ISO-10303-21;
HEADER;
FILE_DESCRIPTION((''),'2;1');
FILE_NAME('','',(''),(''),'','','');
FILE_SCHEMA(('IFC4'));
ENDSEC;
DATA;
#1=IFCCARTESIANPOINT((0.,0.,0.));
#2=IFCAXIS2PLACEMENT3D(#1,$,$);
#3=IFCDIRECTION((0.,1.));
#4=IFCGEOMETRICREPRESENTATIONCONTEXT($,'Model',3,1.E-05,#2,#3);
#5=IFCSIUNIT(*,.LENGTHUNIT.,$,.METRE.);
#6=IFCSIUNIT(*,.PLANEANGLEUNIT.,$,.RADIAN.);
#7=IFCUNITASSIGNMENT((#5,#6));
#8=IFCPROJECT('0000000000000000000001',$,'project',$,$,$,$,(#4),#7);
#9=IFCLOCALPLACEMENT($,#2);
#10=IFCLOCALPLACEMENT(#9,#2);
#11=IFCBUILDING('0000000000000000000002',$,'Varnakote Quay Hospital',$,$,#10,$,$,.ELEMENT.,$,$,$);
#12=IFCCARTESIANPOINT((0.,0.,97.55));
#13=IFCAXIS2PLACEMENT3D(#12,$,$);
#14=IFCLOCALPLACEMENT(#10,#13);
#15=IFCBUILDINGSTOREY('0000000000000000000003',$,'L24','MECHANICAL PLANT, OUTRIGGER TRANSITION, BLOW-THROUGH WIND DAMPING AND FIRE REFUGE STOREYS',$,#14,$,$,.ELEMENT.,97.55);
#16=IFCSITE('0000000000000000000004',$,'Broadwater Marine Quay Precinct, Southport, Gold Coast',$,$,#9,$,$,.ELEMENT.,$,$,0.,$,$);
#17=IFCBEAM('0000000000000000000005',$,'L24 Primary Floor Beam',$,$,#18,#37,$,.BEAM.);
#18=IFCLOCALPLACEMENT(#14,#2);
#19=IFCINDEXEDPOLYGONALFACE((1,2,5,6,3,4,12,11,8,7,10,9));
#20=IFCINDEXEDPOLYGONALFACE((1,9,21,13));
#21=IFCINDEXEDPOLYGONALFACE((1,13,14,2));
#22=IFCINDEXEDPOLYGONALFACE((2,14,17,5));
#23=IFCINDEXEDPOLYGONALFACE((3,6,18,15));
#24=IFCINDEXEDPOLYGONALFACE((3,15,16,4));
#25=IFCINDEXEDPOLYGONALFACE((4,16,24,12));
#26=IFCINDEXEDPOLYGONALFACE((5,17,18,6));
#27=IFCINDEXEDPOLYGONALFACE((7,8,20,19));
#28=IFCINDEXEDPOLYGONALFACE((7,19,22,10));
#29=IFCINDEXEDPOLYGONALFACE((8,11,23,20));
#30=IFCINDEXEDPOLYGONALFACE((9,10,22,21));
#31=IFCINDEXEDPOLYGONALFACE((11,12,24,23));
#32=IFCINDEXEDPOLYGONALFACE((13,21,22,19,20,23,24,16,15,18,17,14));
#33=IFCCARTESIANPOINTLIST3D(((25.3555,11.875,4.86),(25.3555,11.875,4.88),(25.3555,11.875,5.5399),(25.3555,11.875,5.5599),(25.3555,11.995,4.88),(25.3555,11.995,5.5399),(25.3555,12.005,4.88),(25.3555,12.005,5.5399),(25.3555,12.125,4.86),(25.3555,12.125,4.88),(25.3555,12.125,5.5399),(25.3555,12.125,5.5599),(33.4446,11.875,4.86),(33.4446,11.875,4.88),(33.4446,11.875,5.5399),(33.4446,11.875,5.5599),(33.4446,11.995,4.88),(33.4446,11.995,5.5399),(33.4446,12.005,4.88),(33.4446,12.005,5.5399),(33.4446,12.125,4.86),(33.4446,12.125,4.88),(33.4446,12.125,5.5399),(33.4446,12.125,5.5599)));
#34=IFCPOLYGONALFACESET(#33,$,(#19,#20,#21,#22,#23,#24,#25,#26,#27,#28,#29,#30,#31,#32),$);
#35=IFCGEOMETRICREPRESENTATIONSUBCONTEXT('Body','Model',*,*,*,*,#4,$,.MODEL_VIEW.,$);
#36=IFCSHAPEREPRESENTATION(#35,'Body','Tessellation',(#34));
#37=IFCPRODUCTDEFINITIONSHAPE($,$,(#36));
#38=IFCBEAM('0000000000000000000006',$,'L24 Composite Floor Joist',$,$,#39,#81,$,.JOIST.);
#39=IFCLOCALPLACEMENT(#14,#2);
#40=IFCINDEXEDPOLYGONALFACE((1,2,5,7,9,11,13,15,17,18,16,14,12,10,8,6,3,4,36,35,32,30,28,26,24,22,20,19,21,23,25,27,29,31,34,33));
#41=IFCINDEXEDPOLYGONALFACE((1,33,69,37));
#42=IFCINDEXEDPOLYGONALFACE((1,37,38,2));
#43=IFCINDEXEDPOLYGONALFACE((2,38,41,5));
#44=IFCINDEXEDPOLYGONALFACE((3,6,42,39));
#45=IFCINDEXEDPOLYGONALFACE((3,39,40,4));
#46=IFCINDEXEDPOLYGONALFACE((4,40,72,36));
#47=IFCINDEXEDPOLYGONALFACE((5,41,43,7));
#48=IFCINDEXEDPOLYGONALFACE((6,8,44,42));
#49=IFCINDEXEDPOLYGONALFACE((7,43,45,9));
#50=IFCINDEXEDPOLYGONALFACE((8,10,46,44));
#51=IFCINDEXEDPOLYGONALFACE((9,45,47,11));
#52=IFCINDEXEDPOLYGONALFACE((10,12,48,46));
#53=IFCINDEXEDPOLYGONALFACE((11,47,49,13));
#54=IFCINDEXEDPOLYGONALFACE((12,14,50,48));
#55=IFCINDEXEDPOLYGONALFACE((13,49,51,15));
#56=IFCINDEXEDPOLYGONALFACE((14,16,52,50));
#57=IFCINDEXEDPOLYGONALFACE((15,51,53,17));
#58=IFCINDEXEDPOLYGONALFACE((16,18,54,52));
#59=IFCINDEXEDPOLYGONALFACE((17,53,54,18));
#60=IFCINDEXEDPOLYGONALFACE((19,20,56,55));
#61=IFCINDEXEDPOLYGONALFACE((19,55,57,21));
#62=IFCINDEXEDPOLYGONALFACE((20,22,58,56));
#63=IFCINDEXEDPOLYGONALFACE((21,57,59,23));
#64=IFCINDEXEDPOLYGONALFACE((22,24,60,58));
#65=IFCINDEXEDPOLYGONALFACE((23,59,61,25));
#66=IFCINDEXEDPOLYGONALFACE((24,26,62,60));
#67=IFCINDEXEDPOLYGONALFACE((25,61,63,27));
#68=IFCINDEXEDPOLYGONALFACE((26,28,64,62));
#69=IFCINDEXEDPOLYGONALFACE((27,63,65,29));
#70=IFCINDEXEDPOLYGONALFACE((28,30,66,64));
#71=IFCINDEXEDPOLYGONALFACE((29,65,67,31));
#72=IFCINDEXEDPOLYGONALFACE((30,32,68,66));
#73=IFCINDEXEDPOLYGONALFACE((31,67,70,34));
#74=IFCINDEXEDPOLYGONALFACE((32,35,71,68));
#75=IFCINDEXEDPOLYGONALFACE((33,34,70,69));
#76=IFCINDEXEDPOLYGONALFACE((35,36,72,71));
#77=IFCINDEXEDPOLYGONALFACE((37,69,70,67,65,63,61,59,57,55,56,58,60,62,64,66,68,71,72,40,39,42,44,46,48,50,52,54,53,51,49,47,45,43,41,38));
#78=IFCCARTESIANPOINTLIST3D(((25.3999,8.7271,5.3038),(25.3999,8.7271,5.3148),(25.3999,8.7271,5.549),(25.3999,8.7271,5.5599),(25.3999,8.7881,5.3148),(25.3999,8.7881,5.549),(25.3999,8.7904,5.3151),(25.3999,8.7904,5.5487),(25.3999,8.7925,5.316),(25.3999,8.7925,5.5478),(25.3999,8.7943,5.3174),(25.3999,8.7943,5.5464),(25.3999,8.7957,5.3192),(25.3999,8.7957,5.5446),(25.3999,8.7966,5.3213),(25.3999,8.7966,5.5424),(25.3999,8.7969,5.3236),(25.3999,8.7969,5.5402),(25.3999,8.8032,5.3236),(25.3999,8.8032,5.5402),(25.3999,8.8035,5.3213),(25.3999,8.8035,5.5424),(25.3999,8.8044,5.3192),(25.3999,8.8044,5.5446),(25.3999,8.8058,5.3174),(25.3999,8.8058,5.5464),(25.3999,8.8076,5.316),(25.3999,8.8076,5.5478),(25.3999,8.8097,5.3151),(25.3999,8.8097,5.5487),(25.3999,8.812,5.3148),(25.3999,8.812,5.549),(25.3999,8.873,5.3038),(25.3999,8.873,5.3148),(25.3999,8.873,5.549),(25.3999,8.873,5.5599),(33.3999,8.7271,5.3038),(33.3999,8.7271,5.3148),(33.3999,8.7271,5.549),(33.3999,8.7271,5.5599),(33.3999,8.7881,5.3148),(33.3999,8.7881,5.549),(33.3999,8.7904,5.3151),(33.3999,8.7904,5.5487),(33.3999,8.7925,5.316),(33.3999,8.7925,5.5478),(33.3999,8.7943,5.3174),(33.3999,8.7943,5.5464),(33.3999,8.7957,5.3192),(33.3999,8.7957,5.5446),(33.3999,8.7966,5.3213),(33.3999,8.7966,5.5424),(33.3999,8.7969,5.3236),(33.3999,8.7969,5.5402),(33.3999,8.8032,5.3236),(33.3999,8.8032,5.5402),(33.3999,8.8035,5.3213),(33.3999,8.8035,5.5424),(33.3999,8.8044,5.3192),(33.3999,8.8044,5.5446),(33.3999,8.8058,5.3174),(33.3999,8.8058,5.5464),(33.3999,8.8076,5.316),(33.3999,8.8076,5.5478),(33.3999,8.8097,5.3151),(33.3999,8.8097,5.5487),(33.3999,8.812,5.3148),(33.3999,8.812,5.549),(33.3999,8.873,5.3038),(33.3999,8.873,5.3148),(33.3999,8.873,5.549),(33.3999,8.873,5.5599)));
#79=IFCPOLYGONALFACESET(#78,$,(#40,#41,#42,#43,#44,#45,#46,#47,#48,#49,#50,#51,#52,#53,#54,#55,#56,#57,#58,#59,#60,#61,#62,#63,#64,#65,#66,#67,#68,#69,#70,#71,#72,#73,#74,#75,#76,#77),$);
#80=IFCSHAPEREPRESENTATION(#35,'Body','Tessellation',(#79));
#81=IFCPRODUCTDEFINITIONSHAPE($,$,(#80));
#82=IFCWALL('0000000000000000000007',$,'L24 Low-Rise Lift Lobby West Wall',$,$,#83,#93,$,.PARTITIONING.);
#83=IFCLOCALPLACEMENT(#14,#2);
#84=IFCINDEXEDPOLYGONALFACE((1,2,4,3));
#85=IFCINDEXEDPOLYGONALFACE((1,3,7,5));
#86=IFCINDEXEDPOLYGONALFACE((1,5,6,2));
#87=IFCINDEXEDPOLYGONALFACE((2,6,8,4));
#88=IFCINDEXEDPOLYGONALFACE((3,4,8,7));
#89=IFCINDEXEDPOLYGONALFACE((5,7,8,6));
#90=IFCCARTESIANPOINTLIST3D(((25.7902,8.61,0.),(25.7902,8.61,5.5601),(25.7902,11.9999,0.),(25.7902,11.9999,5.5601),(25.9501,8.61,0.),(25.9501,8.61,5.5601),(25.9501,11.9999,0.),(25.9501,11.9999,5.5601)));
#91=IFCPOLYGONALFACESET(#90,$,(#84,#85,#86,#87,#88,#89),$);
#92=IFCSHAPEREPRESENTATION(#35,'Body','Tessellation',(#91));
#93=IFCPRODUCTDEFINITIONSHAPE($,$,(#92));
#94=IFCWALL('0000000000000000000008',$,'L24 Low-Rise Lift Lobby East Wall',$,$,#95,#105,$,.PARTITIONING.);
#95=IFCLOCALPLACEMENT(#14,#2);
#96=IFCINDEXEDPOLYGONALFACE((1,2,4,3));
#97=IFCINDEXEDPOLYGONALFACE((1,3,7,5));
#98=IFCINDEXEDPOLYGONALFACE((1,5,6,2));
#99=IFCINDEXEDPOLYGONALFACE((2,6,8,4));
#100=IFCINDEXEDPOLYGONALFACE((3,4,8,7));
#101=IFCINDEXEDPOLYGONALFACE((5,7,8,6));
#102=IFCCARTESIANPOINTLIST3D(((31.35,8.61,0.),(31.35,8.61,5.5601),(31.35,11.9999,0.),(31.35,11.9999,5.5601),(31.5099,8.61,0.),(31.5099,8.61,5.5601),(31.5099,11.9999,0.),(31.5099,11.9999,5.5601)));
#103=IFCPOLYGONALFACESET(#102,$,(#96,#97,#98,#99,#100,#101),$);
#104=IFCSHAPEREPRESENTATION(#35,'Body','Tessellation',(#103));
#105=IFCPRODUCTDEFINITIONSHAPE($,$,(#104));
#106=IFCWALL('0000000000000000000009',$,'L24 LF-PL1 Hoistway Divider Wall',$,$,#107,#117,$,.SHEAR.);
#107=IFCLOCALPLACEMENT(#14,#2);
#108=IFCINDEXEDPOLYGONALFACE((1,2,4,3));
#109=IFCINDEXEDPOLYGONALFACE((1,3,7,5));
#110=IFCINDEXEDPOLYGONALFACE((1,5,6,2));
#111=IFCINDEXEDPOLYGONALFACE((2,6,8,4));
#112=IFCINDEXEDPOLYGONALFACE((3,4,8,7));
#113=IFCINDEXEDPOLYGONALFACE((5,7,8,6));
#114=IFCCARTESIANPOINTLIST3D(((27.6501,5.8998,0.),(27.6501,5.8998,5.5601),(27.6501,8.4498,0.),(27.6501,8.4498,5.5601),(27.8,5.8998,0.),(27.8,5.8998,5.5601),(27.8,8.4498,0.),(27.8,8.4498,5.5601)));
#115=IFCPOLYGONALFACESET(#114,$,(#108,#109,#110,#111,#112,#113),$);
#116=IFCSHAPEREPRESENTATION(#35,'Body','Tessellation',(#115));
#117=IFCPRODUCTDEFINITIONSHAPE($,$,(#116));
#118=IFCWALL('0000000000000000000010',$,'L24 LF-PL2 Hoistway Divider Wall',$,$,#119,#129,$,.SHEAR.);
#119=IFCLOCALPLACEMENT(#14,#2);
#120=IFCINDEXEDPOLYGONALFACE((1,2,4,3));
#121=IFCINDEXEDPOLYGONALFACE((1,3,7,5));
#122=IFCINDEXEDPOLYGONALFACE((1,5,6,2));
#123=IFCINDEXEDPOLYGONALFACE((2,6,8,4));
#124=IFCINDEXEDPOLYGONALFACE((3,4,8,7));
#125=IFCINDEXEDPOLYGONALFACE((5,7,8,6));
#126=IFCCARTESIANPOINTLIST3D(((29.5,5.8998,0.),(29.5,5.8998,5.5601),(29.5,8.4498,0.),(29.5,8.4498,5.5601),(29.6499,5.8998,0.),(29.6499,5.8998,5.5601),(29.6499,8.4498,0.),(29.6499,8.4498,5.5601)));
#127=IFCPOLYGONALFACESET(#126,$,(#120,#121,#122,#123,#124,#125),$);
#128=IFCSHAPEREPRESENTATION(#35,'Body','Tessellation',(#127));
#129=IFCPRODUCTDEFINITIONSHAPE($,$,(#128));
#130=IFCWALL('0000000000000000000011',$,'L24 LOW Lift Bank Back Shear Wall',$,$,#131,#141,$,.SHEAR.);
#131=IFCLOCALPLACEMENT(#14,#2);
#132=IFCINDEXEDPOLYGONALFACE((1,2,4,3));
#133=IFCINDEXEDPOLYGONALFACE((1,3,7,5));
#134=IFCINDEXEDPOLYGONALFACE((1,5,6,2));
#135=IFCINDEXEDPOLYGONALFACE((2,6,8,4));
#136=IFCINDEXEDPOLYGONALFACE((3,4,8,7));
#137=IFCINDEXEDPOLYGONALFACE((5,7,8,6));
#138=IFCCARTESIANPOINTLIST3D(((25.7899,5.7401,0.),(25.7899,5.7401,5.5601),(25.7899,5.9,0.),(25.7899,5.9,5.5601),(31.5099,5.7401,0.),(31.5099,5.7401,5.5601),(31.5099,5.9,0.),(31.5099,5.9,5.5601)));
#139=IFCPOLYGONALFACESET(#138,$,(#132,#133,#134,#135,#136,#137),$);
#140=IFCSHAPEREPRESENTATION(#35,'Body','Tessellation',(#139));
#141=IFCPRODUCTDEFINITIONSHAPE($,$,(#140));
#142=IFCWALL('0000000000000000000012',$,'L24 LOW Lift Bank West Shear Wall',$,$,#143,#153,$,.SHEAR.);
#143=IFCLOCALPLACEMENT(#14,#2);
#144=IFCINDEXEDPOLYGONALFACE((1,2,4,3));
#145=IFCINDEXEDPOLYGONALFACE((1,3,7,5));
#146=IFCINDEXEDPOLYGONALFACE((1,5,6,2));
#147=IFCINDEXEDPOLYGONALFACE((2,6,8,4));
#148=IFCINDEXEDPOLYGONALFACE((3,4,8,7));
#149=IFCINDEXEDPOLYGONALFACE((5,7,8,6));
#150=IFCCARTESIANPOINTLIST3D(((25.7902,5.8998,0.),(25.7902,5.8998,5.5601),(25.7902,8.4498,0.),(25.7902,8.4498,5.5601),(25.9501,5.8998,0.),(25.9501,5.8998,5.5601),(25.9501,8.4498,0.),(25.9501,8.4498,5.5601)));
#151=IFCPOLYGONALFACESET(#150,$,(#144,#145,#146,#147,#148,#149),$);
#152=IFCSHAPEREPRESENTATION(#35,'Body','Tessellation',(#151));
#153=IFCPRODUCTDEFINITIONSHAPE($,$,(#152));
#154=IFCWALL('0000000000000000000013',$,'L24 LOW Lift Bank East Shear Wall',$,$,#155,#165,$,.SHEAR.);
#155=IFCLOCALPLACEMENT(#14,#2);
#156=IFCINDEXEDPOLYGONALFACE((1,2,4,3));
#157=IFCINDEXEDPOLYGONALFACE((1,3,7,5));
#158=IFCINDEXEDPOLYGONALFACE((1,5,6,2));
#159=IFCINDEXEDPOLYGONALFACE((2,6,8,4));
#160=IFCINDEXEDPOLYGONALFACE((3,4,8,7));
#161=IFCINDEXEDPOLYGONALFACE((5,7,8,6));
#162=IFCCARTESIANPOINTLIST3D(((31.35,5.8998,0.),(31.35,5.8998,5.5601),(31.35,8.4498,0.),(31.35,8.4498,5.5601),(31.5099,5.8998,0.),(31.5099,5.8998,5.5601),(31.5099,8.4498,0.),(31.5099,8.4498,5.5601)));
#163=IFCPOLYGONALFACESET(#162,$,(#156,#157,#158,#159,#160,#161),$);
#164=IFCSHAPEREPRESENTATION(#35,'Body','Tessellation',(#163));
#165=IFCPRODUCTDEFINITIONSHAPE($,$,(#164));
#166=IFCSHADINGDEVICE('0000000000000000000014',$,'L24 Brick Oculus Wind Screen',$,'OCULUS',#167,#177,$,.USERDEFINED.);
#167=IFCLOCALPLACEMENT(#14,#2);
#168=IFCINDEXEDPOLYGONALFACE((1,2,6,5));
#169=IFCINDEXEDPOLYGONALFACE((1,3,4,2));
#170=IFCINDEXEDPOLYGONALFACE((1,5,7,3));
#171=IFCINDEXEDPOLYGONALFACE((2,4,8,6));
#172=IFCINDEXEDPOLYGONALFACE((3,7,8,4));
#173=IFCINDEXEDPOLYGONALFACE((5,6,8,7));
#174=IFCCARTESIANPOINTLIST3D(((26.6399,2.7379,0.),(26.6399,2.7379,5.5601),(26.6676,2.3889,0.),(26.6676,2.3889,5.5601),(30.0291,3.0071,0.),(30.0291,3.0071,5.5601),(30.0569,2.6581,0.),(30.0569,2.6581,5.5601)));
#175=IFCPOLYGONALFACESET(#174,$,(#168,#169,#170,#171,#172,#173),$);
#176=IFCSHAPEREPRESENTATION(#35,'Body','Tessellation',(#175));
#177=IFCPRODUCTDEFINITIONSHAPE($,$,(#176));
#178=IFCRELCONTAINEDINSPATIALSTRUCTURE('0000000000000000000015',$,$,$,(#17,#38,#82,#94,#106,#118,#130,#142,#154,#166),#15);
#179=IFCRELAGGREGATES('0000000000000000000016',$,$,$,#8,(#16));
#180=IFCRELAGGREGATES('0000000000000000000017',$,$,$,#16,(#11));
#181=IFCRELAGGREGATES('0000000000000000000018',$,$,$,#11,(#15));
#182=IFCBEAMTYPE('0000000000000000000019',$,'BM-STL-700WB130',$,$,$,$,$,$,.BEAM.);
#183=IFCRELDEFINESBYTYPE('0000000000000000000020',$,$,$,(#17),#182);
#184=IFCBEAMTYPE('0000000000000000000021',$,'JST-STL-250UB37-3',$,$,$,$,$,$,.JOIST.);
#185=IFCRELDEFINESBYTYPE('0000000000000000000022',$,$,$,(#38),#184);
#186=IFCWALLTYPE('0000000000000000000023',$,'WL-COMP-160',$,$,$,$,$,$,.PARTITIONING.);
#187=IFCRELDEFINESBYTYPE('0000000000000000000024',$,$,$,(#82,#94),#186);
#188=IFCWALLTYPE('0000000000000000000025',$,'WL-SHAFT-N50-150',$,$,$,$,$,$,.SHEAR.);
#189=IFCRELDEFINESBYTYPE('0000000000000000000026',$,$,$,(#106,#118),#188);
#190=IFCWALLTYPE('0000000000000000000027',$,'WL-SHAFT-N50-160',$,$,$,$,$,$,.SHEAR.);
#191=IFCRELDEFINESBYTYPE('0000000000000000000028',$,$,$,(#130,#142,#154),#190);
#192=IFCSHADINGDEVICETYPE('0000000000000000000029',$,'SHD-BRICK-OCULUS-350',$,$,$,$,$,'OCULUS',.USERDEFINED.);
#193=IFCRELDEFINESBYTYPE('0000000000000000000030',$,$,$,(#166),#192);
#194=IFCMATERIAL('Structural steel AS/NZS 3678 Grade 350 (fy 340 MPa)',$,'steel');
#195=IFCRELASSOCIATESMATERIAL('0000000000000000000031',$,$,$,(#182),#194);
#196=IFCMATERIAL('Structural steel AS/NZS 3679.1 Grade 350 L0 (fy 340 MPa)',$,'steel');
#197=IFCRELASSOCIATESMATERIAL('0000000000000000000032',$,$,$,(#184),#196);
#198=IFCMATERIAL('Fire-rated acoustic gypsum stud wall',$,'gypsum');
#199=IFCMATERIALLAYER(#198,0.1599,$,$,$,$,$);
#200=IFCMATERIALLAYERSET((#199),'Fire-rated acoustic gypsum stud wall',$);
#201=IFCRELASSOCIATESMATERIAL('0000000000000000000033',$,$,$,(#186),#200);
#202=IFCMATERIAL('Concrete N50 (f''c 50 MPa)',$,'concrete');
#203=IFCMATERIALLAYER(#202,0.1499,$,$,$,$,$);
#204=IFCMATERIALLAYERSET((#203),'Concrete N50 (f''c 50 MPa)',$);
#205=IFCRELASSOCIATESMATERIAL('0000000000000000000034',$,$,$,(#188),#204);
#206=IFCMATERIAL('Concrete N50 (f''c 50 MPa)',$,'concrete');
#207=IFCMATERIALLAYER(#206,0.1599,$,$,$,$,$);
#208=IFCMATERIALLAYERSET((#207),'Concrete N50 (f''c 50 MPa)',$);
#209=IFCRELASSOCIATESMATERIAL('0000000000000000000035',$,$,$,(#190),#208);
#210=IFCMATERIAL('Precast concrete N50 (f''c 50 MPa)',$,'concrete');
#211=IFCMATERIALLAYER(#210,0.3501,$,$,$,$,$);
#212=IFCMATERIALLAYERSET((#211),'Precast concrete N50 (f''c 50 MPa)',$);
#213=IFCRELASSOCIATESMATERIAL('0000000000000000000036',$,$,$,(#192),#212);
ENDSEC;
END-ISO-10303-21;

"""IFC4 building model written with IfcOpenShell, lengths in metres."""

from ifc_helpers import new_model, si_unit, direction, frame, frame_2d, origin, origin_2d, place, context, subcontext, project, spatial, rectangle, i_section, extrude, material, layer, layer_set, material_profile, profile_set, type_object, element, save


model = new_model("IFC4")

# Units and contexts
model_context = context("Model", 3, precision=1e-05, world=origin(), true_north=direction((0.0, 1.0)))
body_context = subcontext(model_context, "Body", "Model", "MODEL_VIEW")
ifc_project = project(units=[si_unit("LENGTHUNIT", "METRE"), si_unit("PLANEANGLEUNIT", "RADIAN")], contexts=[model_context])

# Site, building, storey
site_placement = place(None, origin())
site = spatial("IfcSite", under=ifc_project, at=site_placement, Name="Broadwater Marine Quay Precinct, Southport, Gold Coast", CompositionType="ELEMENT", RefElevation=0.0)
building_placement = place(site_placement, origin())
building = spatial("IfcBuilding", under=site, at=building_placement, Name="Varnakote Quay Hospital", CompositionType="ELEMENT")
storey_placement = place(building_placement, frame((0.0, 0.0, 97.55)))
storey = spatial("IfcBuildingStorey", under=building, at=storey_placement, Name="L24", Description="MECHANICAL PLANT, OUTRIGGER TRANSITION, BLOW-THROUGH WIND DAMPING AND FIRE REFUGE STOREYS", CompositionType="ELEMENT", Elevation=97.55)

# Beams
ifc_material_1 = material(Name="Structural steel AS/NZS 3678 Grade 350 (fy 340 MPa)", Category="steel")
ifc_material_profile_1 = material_profile(ifc_material_1, i_section(OverallWidth=0.25, OverallDepth=0.7, WebThickness=0.01, FlangeThickness=0.02, at=origin_2d()), Name="700WB130")
ifc_profile_set_1 = profile_set([ifc_material_profile_1], Name="Structural steel AS/NZS 3678 Grade 350 (fy 340 MPa)")
beam_type_1 = type_object("IfcBeamType", Name="BM-STL-700WB130", PredefinedType="BEAM", material=ifc_profile_set_1)
beam_1_placement = place(storey_placement, frame((25.3555, 12.0, 5.21), z_axis=(1.0, 0.0, 0.0), x_axis=(0.0, 1.0, 0.0)))
element("IfcBeam", 1, at=beam_1_placement, inside=storey, type_object=beam_type_1, Name="L24 Primary Floor Beam", PredefinedType="BEAM", context=body_context, shape_type="SweptSolid", body=[
    extrude(i_section(OverallWidth=0.25, OverallDepth=0.7, WebThickness=0.01, FlangeThickness=0.02, at=origin_2d()), origin(), (0.0, 0.0, 1.0), 8.0891),
])
ifc_material_2 = material(Name="Structural steel AS/NZS 3679.1 Grade 350 L0 (fy 340 MPa)", Category="steel")
ifc_material_profile_2 = material_profile(ifc_material_2, i_section(OverallWidth=0.146, OverallDepth=0.2561, WebThickness=0.0063, FlangeThickness=0.011, FilletRadius=0.0088, at=origin_2d()), Name="250UB37.3")
ifc_profile_set_2 = profile_set([ifc_material_profile_2], Name="Structural steel AS/NZS 3679.1 Grade 350 L0 (fy 340 MPa)")
beam_type_2 = type_object("IfcBeamType", Name="JST-STL-250UB37-3", PredefinedType="JOIST", material=ifc_profile_set_2)
beam_2_placement = place(storey_placement, frame((25.3999, 8.8, 5.4319), z_axis=(1.0, 0.0, 0.0), x_axis=(0.0, 1.0, 0.0)))
element("IfcBeam", 2, at=beam_2_placement, inside=storey, type_object=beam_type_2, Name="L24 Composite Floor Joist", PredefinedType="JOIST", context=body_context, shape_type="SweptSolid", body=[
    extrude(i_section(OverallWidth=0.146, OverallDepth=0.2561, WebThickness=0.0063, FlangeThickness=0.011, FilletRadius=0.0088, at=origin_2d()), origin(), (0.0, 0.0, 1.0), 8.0),
])

# Walls
ifc_material_3 = material(Name="Fire-rated acoustic gypsum stud wall", Category="gypsum")
ifc_layer_1 = layer(ifc_material_3, 0.1599)
ifc_layer_set_1 = layer_set([ifc_layer_1], Name="Fire-rated acoustic gypsum stud wall")
wall_type_1 = type_object("IfcWallType", Name="WL-COMP-160", PredefinedType="PARTITIONING", material=ifc_layer_set_1)
for number, where, z_axis, x_axis, name in (
    (3, (25.8701, 8.6101, 0.0), (0.0, 0.0, 1.0), (0.0, 1.0, 0.0), "L24 Low-Rise Lift Lobby West Wall"),
    (4, (31.4299, 8.6101, 0.0), (0.0, 0.0, 1.0), (0.0, 1.0, 0.0), "L24 Low-Rise Lift Lobby East Wall"),
):
    element("IfcWall", number, at=place(storey_placement, frame(where, z_axis=z_axis, x_axis=x_axis)), inside=storey, type_object=wall_type_1, Name=name, PredefinedType="PARTITIONING", context=body_context, shape_type="SweptSolid", body=[
        extrude(rectangle(XDim=3.3899, YDim=0.1599, at=frame_2d((1.6948, 0.0))), origin(), (0.0, 0.0, 1.0), 5.5601),
    ])
ifc_material_4 = material(Name="Concrete N50 (f'c 50 MPa)", Category="concrete")
ifc_layer_2 = layer(ifc_material_4, 0.1499)
ifc_layer_set_2 = layer_set([ifc_layer_2], Name="Concrete N50 (f'c 50 MPa)")
wall_type_2 = type_object("IfcWallType", Name="WL-SHAFT-N50-150", PredefinedType="SHEAR", material=ifc_layer_set_2)
for number, where, z_axis, x_axis, name in (
    (5, (27.7251, 5.8999, 0.0), (0.0, 0.0, 1.0), (0.0, 1.0, 0.0), "L24 LF-PL1 Hoistway Divider Wall"),
    (6, (29.575, 5.8999, 0.0), (0.0, 0.0, 1.0), (0.0, 1.0, 0.0), "L24 LF-PL2 Hoistway Divider Wall"),
):
    element("IfcWall", number, at=place(storey_placement, frame(where, z_axis=z_axis, x_axis=x_axis)), inside=storey, type_object=wall_type_2, Name=name, PredefinedType="SHEAR", context=body_context, shape_type="SweptSolid", body=[
        extrude(rectangle(XDim=2.55, YDim=0.1499, at=frame_2d((1.2749, 0.0))), origin(), (0.0, 0.0, 1.0), 5.5601),
    ])
ifc_material_5 = material(Name="Concrete N50 (f'c 50 MPa)", Category="concrete")
ifc_layer_3 = layer(ifc_material_5, 0.1599)
ifc_layer_set_3 = layer_set([ifc_layer_3], Name="Concrete N50 (f'c 50 MPa)")
wall_type_3 = type_object("IfcWallType", Name="WL-SHAFT-N50-160", PredefinedType="SHEAR", material=ifc_layer_set_3)
wall_1_placement = place(storey_placement, frame((25.79, 5.8201, 0.0), z_axis=(0.0, 0.0, 1.0), x_axis=(1.0, 0.0, 0.0)))
element("IfcWall", 7, at=wall_1_placement, inside=storey, type_object=wall_type_3, Name="L24 LOW Lift Bank Back Shear Wall", PredefinedType="SHEAR", context=body_context, shape_type="SweptSolid", body=[
    extrude(rectangle(XDim=5.72, YDim=0.1599, at=frame_2d((2.8599, 0.0))), origin(), (0.0, 0.0, 1.0), 5.5601),
])
for number, where, z_axis, x_axis, name in (
    (8, (25.8701, 5.8999, 0.0), (0.0, 0.0, 1.0), (0.0, 1.0, 0.0), "L24 LOW Lift Bank West Shear Wall"),
    (9, (31.4299, 5.8999, 0.0), (0.0, 0.0, 1.0), (0.0, 1.0, 0.0), "L24 LOW Lift Bank East Shear Wall"),
):
    element("IfcWall", number, at=place(storey_placement, frame(where, z_axis=z_axis, x_axis=x_axis)), inside=storey, type_object=wall_type_3, Name=name, PredefinedType="SHEAR", context=body_context, shape_type="SweptSolid", body=[
        extrude(rectangle(XDim=2.55, YDim=0.1599, at=frame_2d((1.2749, 0.0))), origin(), (0.0, 0.0, 1.0), 5.5601),
    ])

# Shading device
ifc_material_6 = material(Name="Precast concrete N50 (f'c 50 MPa)", Category="concrete")
ifc_layer_4 = layer(ifc_material_6, 0.3501)
ifc_layer_set_4 = layer_set([ifc_layer_4], Name="Precast concrete N50 (f'c 50 MPa)")
shading_device_type = type_object("IfcShadingDeviceType", Name="SHD-BRICK-OCULUS-350", ElementType="OCULUS", PredefinedType="USERDEFINED", material=ifc_layer_set_4)
shading_device_placement = place(storey_placement, frame((28.3484, 2.698, 0.0), z_axis=(0.0, 0.0, 1.0), x_axis=(0.996862, 0.079155, 0.0)))
element("IfcShadingDevice", 10, at=shading_device_placement, inside=storey, type_object=shading_device_type, Name="L24 Brick Oculus Wind Screen", ObjectType="OCULUS", PredefinedType="USERDEFINED", context=body_context, shape_type="SweptSolid", body=[
    extrude(rectangle(XDim=3.3999, YDim=0.3501, at=origin_2d()), origin(), (0.0, 0.0, 1.0), 5.5601),
])

save(model, "model.ifc")
